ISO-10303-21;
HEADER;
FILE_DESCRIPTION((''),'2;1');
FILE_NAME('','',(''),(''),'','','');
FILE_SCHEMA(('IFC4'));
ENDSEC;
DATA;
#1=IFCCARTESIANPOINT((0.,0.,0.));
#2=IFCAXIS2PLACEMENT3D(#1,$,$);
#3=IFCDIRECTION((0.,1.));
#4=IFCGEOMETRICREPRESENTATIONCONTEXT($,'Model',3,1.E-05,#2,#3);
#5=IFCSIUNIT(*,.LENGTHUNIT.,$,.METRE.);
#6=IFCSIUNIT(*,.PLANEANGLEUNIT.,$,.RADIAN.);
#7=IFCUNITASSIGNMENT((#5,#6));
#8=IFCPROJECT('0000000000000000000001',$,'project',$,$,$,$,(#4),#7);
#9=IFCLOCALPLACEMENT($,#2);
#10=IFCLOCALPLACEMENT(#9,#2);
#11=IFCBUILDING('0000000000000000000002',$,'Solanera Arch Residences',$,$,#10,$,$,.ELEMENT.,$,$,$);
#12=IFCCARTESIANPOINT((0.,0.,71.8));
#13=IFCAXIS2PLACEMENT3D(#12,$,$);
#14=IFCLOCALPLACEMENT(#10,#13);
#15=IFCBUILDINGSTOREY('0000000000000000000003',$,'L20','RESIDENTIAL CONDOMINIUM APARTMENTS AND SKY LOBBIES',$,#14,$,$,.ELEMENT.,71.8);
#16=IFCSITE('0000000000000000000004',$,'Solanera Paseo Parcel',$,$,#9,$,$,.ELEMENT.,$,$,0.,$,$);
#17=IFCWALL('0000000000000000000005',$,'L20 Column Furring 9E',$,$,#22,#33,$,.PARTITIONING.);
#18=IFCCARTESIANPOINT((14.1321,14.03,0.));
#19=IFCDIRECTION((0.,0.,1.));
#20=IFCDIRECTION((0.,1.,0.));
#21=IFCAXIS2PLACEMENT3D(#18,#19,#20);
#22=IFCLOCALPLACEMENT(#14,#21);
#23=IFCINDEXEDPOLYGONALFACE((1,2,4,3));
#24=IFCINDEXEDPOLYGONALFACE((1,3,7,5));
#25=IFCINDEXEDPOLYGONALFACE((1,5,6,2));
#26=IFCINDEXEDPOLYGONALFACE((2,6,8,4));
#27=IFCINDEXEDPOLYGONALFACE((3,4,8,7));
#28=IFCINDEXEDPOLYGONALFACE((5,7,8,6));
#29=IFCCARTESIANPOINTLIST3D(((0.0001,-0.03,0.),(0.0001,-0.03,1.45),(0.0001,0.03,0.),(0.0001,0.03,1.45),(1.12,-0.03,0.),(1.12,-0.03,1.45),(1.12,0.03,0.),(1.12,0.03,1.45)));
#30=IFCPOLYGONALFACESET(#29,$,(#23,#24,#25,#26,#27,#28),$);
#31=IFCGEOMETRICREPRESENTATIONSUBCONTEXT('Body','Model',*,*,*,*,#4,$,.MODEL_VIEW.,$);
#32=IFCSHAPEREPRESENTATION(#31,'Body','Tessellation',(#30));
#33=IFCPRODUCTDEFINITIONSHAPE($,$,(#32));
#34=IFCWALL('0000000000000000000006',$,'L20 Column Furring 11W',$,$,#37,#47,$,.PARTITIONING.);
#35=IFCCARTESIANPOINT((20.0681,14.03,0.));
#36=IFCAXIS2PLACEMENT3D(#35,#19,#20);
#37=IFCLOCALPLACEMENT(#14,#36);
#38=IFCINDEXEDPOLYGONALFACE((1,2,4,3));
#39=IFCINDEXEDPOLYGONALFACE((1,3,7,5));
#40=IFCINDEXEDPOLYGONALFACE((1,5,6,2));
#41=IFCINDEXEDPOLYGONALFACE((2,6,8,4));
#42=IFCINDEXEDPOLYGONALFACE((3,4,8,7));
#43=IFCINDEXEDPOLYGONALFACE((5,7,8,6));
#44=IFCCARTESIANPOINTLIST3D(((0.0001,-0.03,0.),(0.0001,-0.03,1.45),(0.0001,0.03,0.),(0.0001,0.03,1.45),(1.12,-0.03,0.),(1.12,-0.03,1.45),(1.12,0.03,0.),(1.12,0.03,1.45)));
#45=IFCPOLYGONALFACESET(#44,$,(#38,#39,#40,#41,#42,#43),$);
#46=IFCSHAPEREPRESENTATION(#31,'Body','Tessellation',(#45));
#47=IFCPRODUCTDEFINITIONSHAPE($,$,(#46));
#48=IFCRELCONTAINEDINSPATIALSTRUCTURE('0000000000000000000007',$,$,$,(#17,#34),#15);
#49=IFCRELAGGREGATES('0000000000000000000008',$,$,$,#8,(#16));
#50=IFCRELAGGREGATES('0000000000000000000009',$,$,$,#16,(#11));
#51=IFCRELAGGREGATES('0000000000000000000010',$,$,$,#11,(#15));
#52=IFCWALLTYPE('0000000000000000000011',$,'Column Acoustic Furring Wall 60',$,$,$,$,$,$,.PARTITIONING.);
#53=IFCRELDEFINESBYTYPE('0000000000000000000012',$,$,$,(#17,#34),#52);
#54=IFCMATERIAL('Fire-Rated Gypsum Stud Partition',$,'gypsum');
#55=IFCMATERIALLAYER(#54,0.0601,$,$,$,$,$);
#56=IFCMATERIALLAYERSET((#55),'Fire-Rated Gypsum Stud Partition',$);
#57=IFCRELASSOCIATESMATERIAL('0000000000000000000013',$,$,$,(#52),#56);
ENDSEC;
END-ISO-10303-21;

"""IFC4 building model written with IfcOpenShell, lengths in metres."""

from ifc_helpers import new_model, si_unit, direction, frame, frame_2d, origin, place, context, subcontext, project, spatial, rectangle, extrude, material, layer, layer_set, type_object, element, save


model = new_model("IFC4")

# Units and contexts
model_context = context("Model", 3, precision=1e-05, world=origin(), true_north=direction((0.0, 1.0)))
body_context = subcontext(model_context, "Body", "Model", "MODEL_VIEW")
ifc_project = project(units=[si_unit("LENGTHUNIT", "METRE"), si_unit("PLANEANGLEUNIT", "RADIAN")], contexts=[model_context])

# Site, building, storey
site_placement = place(None, origin())
site = spatial("IfcSite", under=ifc_project, at=site_placement, Name="Solanera Paseo Parcel", CompositionType="ELEMENT", RefElevation=0.0)
building_placement = place(site_placement, origin())
building = spatial("IfcBuilding", under=site, at=building_placement, Name="Solanera Arch Residences", CompositionType="ELEMENT")
storey_placement = place(building_placement, frame((0.0, 0.0, 71.8)))
storey = spatial("IfcBuildingStorey", under=building, at=storey_placement, Name="L20", Description="RESIDENTIAL CONDOMINIUM APARTMENTS AND SKY LOBBIES", CompositionType="ELEMENT", Elevation=71.8)

# Walls
ifc_material_1 = material(Name="Fire-Rated Gypsum Stud Partition", Category="gypsum")
ifc_layer_1 = layer(ifc_material_1, 0.0601)
ifc_layer_set_1 = layer_set([ifc_layer_1], Name="Fire-Rated Gypsum Stud Partition")
wall_type_1 = type_object("IfcWallType", Name="Column Acoustic Furring Wall 60", PredefinedType="PARTITIONING", material=ifc_layer_set_1)
wall_1_placement = place(storey_placement, frame((14.1321, 14.03, 0.0), z_axis=(0.0, 0.0, 1.0), x_axis=(0.0, 1.0, 0.0)))
element("IfcWall", 1, at=wall_1_placement, inside=storey, type_object=wall_type_1, Name="L20 Column Furring 9E", PredefinedType="PARTITIONING", context=body_context, shape_type="SweptSolid", body=[
    extrude(rectangle(XDim=1.1199, YDim=0.0601, at=frame_2d((0.5601, 0.0))), origin(), (0.0, 0.0, 1.0), 1.45),
])
wall_2_placement = place(storey_placement, frame((20.0681, 14.03, 0.0), z_axis=(0.0, 0.0, 1.0), x_axis=(0.0, 1.0, 0.0)))
element("IfcWall", 2, at=wall_2_placement, inside=storey, type_object=wall_type_1, Name="L20 Column Furring 11W", PredefinedType="PARTITIONING", context=body_context, shape_type="SweptSolid", body=[
    extrude(rectangle(XDim=1.1199, YDim=0.0601, at=frame_2d((0.5601, 0.0))), origin(), (0.0, 0.0, 1.0), 1.45),
])

save(model, "model.ifc")
